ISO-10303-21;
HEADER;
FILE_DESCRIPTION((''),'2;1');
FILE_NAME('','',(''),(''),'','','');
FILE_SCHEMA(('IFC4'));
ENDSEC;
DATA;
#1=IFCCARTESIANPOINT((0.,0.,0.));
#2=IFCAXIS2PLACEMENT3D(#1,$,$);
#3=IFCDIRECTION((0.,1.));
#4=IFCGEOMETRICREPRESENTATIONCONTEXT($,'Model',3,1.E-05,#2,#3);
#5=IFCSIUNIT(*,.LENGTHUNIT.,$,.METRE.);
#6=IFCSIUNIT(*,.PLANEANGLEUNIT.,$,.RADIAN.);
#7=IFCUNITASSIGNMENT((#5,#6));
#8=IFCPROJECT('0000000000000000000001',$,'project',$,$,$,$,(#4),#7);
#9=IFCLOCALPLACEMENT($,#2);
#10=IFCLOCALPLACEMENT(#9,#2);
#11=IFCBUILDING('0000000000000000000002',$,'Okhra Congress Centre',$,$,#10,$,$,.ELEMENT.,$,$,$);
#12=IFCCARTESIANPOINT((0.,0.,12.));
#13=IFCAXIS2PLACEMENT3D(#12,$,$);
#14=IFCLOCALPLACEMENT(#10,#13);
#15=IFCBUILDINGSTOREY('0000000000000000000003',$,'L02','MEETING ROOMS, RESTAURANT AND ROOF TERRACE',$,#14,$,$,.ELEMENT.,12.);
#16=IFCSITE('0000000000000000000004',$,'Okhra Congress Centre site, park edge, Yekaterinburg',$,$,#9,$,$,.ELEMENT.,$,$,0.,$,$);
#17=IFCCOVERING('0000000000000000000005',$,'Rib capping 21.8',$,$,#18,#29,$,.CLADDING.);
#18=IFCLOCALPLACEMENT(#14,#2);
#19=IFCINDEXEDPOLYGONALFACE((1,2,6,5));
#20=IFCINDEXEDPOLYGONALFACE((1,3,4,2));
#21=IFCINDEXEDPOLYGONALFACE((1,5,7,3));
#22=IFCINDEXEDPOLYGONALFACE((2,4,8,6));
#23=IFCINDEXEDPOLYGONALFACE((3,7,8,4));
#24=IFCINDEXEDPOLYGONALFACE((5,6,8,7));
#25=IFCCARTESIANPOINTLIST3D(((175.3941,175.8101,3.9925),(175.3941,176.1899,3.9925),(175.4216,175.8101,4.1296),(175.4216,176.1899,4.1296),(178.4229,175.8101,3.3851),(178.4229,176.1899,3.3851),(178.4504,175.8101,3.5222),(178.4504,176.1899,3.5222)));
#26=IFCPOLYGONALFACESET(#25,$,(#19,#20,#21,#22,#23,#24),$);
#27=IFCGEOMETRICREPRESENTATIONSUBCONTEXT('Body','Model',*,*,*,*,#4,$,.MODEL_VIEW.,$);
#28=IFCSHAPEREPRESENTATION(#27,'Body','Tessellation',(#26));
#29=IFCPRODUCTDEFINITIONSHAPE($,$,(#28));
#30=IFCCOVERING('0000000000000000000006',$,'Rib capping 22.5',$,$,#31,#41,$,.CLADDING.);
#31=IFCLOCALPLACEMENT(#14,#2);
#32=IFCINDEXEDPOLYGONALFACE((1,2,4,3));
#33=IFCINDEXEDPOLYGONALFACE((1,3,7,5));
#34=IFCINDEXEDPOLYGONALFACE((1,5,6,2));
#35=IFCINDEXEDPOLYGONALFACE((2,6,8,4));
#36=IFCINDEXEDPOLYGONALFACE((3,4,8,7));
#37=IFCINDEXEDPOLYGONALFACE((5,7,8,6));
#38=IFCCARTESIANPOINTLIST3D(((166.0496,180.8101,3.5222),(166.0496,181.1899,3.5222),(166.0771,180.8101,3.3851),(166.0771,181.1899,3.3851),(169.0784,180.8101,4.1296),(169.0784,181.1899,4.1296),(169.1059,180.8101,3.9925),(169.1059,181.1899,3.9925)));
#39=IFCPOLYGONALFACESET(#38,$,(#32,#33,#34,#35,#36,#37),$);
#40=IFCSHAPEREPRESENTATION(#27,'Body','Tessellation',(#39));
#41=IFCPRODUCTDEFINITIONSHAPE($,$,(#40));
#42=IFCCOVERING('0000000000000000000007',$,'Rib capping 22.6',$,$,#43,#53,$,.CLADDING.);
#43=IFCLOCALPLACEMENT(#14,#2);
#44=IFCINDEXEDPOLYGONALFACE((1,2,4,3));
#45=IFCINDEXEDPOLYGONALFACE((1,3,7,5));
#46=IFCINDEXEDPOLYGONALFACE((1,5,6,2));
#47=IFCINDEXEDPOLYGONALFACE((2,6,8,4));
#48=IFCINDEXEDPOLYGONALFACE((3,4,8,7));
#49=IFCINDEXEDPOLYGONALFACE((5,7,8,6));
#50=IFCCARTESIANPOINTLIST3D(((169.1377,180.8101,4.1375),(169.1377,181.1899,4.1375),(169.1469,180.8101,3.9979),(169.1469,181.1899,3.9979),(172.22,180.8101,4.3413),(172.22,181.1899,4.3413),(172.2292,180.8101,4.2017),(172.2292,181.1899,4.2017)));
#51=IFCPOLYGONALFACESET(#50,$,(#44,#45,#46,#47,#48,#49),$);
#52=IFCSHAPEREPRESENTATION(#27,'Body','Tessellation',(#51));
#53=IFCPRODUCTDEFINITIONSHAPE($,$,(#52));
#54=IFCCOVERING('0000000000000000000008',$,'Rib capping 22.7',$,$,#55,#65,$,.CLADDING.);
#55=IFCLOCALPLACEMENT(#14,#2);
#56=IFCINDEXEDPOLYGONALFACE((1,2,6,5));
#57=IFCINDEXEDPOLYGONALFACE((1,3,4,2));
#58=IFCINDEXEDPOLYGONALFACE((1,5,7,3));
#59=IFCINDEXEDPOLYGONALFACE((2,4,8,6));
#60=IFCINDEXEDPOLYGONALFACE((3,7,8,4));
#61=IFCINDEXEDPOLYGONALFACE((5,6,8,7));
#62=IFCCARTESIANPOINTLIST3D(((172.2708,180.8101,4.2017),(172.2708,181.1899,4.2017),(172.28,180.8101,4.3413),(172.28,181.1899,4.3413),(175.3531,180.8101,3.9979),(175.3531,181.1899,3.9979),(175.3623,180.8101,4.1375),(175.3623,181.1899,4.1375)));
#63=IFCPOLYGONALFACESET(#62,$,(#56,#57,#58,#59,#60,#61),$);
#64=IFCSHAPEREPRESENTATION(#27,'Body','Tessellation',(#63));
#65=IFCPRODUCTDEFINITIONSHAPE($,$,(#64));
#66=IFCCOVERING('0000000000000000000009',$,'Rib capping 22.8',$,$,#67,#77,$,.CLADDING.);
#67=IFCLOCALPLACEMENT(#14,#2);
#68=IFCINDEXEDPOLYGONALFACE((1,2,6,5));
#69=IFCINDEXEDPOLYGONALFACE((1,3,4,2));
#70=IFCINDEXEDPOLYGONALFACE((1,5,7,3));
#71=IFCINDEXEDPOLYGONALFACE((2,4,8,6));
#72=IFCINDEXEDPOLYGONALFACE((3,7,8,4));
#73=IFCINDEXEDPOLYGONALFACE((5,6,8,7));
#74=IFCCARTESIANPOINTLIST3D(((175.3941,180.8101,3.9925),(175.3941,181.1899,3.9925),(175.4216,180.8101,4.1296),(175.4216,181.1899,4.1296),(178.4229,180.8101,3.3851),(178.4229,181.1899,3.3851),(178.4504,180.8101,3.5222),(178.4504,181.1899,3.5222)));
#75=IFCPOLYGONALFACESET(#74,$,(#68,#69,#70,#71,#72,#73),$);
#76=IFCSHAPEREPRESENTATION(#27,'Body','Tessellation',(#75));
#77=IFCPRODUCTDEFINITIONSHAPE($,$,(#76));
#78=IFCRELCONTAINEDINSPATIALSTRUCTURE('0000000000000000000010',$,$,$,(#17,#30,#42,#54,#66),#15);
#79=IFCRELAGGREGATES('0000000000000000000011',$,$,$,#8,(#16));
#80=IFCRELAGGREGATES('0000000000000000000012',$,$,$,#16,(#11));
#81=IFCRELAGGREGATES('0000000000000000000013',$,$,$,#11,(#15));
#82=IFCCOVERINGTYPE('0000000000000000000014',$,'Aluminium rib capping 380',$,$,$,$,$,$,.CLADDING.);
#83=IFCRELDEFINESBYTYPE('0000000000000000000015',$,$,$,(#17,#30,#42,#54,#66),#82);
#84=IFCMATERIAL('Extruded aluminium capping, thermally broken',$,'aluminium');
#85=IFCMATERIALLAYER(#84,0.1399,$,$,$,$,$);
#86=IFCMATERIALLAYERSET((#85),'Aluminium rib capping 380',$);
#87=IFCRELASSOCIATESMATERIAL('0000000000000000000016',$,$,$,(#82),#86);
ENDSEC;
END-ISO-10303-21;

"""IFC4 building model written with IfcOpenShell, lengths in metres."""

from ifc_helpers import new_model, si_unit, direction, frame, origin, place, context, subcontext, project, spatial, polyline, outline, extrude, material, layer, layer_set, type_object, element, save


model = new_model("IFC4")

# Units and contexts
model_context = context("Model", 3, precision=1e-05, world=origin(), true_north=direction((0.0, 1.0)))
body_context = subcontext(model_context, "Body", "Model", "MODEL_VIEW")
ifc_project = project(units=[si_unit("LENGTHUNIT", "METRE"), si_unit("PLANEANGLEUNIT", "RADIAN")], contexts=[model_context])

# Site, building, storey
site_placement = place(None, origin())
site = spatial("IfcSite", under=ifc_project, at=site_placement, Name="Okhra Congress Centre site, park edge, Yekaterinburg", CompositionType="ELEMENT", RefElevation=0.0)
building_placement = place(site_placement, origin())
building = spatial("IfcBuilding", under=site, at=building_placement, Name="Okhra Congress Centre", CompositionType="ELEMENT")
storey_placement = place(building_placement, frame((0.0, 0.0, 12.0)))
storey = spatial("IfcBuildingStorey", under=building, at=storey_placement, Name="L02", Description="MEETING ROOMS, RESTAURANT AND ROOF TERRACE", CompositionType="ELEMENT", Elevation=12.0)

# Coverings
ifc_material_1 = material(Name="Extruded aluminium capping, thermally broken", Category="aluminium")
ifc_layer = layer(ifc_material_1, 0.1399)
ifc_layer_set = layer_set([ifc_layer], Name="Aluminium rib capping 380")
covering_type = type_object("IfcCoveringType", Name="Aluminium rib capping 380", PredefinedType="CLADDING", material=ifc_layer_set)
for number, where, z_axis, x_axis, name in (
    (1, (175.4216, 175.8101, 4.1296), (0.196633, 0.0, 0.980477), (0.980477, 0.0, -0.196633), "Rib capping 21.8"),
    (2, (166.0496, 180.8101, 3.5222), (-0.196633, 0.0, 0.980477), (0.980477, 0.0, 0.196633), "Rib capping 22.5"),
):
    element("IfcCovering", number, at=place(storey_placement, frame(where, z_axis=z_axis, x_axis=x_axis)), inside=storey, type_object=covering_type, Name=name, PredefinedType="CLADDING", context=body_context, shape_type="SweptSolid", body=[
        extrude(outline(polyline([(0.0, 0.0), (3.0891, 0.0), (3.0891, 0.3799), (0.0, 0.3799), (0.0, 0.0)])), origin(), (0.0, 0.0, -1.0), 0.1399),
    ])
for number, where, z_axis, x_axis, name in (
    (3, (169.1377, 180.8101, 4.1375), (-0.065994, 0.0, 0.99782), (0.99782, 0.0, 0.065994), "Rib capping 22.6"),
    (4, (172.28, 180.8101, 4.3413), (0.065994, 0.0, 0.99782), (0.99782, 0.0, -0.065994), "Rib capping 22.7"),
):
    element("IfcCovering", number, at=place(storey_placement, frame(where, z_axis=z_axis, x_axis=x_axis)), inside=storey, type_object=covering_type, Name=name, PredefinedType="CLADDING", context=body_context, shape_type="SweptSolid", body=[
        extrude(outline(polyline([(0.0, 0.0), (3.089, 0.0), (3.089, 0.3799), (0.0, 0.3799), (0.0, 0.0)])), origin(), (0.0, 0.0, -1.0), 0.1399),
    ])
covering_1_placement = place(storey_placement, frame((175.4216, 180.8101, 4.1296), z_axis=(0.196633, 0.0, 0.980477), x_axis=(0.980477, 0.0, -0.196633)))
element("IfcCovering", 5, at=covering_1_placement, inside=storey, type_object=covering_type, Name="Rib capping 22.8", PredefinedType="CLADDING", context=body_context, shape_type="SweptSolid", body=[
    extrude(outline(polyline([(0.0, 0.0), (3.0891, 0.0), (3.0891, 0.3799), (0.0, 0.3799), (0.0, 0.0)])), origin(), (0.0, 0.0, -1.0), 0.1399),
])

save(model, "model.ifc")
